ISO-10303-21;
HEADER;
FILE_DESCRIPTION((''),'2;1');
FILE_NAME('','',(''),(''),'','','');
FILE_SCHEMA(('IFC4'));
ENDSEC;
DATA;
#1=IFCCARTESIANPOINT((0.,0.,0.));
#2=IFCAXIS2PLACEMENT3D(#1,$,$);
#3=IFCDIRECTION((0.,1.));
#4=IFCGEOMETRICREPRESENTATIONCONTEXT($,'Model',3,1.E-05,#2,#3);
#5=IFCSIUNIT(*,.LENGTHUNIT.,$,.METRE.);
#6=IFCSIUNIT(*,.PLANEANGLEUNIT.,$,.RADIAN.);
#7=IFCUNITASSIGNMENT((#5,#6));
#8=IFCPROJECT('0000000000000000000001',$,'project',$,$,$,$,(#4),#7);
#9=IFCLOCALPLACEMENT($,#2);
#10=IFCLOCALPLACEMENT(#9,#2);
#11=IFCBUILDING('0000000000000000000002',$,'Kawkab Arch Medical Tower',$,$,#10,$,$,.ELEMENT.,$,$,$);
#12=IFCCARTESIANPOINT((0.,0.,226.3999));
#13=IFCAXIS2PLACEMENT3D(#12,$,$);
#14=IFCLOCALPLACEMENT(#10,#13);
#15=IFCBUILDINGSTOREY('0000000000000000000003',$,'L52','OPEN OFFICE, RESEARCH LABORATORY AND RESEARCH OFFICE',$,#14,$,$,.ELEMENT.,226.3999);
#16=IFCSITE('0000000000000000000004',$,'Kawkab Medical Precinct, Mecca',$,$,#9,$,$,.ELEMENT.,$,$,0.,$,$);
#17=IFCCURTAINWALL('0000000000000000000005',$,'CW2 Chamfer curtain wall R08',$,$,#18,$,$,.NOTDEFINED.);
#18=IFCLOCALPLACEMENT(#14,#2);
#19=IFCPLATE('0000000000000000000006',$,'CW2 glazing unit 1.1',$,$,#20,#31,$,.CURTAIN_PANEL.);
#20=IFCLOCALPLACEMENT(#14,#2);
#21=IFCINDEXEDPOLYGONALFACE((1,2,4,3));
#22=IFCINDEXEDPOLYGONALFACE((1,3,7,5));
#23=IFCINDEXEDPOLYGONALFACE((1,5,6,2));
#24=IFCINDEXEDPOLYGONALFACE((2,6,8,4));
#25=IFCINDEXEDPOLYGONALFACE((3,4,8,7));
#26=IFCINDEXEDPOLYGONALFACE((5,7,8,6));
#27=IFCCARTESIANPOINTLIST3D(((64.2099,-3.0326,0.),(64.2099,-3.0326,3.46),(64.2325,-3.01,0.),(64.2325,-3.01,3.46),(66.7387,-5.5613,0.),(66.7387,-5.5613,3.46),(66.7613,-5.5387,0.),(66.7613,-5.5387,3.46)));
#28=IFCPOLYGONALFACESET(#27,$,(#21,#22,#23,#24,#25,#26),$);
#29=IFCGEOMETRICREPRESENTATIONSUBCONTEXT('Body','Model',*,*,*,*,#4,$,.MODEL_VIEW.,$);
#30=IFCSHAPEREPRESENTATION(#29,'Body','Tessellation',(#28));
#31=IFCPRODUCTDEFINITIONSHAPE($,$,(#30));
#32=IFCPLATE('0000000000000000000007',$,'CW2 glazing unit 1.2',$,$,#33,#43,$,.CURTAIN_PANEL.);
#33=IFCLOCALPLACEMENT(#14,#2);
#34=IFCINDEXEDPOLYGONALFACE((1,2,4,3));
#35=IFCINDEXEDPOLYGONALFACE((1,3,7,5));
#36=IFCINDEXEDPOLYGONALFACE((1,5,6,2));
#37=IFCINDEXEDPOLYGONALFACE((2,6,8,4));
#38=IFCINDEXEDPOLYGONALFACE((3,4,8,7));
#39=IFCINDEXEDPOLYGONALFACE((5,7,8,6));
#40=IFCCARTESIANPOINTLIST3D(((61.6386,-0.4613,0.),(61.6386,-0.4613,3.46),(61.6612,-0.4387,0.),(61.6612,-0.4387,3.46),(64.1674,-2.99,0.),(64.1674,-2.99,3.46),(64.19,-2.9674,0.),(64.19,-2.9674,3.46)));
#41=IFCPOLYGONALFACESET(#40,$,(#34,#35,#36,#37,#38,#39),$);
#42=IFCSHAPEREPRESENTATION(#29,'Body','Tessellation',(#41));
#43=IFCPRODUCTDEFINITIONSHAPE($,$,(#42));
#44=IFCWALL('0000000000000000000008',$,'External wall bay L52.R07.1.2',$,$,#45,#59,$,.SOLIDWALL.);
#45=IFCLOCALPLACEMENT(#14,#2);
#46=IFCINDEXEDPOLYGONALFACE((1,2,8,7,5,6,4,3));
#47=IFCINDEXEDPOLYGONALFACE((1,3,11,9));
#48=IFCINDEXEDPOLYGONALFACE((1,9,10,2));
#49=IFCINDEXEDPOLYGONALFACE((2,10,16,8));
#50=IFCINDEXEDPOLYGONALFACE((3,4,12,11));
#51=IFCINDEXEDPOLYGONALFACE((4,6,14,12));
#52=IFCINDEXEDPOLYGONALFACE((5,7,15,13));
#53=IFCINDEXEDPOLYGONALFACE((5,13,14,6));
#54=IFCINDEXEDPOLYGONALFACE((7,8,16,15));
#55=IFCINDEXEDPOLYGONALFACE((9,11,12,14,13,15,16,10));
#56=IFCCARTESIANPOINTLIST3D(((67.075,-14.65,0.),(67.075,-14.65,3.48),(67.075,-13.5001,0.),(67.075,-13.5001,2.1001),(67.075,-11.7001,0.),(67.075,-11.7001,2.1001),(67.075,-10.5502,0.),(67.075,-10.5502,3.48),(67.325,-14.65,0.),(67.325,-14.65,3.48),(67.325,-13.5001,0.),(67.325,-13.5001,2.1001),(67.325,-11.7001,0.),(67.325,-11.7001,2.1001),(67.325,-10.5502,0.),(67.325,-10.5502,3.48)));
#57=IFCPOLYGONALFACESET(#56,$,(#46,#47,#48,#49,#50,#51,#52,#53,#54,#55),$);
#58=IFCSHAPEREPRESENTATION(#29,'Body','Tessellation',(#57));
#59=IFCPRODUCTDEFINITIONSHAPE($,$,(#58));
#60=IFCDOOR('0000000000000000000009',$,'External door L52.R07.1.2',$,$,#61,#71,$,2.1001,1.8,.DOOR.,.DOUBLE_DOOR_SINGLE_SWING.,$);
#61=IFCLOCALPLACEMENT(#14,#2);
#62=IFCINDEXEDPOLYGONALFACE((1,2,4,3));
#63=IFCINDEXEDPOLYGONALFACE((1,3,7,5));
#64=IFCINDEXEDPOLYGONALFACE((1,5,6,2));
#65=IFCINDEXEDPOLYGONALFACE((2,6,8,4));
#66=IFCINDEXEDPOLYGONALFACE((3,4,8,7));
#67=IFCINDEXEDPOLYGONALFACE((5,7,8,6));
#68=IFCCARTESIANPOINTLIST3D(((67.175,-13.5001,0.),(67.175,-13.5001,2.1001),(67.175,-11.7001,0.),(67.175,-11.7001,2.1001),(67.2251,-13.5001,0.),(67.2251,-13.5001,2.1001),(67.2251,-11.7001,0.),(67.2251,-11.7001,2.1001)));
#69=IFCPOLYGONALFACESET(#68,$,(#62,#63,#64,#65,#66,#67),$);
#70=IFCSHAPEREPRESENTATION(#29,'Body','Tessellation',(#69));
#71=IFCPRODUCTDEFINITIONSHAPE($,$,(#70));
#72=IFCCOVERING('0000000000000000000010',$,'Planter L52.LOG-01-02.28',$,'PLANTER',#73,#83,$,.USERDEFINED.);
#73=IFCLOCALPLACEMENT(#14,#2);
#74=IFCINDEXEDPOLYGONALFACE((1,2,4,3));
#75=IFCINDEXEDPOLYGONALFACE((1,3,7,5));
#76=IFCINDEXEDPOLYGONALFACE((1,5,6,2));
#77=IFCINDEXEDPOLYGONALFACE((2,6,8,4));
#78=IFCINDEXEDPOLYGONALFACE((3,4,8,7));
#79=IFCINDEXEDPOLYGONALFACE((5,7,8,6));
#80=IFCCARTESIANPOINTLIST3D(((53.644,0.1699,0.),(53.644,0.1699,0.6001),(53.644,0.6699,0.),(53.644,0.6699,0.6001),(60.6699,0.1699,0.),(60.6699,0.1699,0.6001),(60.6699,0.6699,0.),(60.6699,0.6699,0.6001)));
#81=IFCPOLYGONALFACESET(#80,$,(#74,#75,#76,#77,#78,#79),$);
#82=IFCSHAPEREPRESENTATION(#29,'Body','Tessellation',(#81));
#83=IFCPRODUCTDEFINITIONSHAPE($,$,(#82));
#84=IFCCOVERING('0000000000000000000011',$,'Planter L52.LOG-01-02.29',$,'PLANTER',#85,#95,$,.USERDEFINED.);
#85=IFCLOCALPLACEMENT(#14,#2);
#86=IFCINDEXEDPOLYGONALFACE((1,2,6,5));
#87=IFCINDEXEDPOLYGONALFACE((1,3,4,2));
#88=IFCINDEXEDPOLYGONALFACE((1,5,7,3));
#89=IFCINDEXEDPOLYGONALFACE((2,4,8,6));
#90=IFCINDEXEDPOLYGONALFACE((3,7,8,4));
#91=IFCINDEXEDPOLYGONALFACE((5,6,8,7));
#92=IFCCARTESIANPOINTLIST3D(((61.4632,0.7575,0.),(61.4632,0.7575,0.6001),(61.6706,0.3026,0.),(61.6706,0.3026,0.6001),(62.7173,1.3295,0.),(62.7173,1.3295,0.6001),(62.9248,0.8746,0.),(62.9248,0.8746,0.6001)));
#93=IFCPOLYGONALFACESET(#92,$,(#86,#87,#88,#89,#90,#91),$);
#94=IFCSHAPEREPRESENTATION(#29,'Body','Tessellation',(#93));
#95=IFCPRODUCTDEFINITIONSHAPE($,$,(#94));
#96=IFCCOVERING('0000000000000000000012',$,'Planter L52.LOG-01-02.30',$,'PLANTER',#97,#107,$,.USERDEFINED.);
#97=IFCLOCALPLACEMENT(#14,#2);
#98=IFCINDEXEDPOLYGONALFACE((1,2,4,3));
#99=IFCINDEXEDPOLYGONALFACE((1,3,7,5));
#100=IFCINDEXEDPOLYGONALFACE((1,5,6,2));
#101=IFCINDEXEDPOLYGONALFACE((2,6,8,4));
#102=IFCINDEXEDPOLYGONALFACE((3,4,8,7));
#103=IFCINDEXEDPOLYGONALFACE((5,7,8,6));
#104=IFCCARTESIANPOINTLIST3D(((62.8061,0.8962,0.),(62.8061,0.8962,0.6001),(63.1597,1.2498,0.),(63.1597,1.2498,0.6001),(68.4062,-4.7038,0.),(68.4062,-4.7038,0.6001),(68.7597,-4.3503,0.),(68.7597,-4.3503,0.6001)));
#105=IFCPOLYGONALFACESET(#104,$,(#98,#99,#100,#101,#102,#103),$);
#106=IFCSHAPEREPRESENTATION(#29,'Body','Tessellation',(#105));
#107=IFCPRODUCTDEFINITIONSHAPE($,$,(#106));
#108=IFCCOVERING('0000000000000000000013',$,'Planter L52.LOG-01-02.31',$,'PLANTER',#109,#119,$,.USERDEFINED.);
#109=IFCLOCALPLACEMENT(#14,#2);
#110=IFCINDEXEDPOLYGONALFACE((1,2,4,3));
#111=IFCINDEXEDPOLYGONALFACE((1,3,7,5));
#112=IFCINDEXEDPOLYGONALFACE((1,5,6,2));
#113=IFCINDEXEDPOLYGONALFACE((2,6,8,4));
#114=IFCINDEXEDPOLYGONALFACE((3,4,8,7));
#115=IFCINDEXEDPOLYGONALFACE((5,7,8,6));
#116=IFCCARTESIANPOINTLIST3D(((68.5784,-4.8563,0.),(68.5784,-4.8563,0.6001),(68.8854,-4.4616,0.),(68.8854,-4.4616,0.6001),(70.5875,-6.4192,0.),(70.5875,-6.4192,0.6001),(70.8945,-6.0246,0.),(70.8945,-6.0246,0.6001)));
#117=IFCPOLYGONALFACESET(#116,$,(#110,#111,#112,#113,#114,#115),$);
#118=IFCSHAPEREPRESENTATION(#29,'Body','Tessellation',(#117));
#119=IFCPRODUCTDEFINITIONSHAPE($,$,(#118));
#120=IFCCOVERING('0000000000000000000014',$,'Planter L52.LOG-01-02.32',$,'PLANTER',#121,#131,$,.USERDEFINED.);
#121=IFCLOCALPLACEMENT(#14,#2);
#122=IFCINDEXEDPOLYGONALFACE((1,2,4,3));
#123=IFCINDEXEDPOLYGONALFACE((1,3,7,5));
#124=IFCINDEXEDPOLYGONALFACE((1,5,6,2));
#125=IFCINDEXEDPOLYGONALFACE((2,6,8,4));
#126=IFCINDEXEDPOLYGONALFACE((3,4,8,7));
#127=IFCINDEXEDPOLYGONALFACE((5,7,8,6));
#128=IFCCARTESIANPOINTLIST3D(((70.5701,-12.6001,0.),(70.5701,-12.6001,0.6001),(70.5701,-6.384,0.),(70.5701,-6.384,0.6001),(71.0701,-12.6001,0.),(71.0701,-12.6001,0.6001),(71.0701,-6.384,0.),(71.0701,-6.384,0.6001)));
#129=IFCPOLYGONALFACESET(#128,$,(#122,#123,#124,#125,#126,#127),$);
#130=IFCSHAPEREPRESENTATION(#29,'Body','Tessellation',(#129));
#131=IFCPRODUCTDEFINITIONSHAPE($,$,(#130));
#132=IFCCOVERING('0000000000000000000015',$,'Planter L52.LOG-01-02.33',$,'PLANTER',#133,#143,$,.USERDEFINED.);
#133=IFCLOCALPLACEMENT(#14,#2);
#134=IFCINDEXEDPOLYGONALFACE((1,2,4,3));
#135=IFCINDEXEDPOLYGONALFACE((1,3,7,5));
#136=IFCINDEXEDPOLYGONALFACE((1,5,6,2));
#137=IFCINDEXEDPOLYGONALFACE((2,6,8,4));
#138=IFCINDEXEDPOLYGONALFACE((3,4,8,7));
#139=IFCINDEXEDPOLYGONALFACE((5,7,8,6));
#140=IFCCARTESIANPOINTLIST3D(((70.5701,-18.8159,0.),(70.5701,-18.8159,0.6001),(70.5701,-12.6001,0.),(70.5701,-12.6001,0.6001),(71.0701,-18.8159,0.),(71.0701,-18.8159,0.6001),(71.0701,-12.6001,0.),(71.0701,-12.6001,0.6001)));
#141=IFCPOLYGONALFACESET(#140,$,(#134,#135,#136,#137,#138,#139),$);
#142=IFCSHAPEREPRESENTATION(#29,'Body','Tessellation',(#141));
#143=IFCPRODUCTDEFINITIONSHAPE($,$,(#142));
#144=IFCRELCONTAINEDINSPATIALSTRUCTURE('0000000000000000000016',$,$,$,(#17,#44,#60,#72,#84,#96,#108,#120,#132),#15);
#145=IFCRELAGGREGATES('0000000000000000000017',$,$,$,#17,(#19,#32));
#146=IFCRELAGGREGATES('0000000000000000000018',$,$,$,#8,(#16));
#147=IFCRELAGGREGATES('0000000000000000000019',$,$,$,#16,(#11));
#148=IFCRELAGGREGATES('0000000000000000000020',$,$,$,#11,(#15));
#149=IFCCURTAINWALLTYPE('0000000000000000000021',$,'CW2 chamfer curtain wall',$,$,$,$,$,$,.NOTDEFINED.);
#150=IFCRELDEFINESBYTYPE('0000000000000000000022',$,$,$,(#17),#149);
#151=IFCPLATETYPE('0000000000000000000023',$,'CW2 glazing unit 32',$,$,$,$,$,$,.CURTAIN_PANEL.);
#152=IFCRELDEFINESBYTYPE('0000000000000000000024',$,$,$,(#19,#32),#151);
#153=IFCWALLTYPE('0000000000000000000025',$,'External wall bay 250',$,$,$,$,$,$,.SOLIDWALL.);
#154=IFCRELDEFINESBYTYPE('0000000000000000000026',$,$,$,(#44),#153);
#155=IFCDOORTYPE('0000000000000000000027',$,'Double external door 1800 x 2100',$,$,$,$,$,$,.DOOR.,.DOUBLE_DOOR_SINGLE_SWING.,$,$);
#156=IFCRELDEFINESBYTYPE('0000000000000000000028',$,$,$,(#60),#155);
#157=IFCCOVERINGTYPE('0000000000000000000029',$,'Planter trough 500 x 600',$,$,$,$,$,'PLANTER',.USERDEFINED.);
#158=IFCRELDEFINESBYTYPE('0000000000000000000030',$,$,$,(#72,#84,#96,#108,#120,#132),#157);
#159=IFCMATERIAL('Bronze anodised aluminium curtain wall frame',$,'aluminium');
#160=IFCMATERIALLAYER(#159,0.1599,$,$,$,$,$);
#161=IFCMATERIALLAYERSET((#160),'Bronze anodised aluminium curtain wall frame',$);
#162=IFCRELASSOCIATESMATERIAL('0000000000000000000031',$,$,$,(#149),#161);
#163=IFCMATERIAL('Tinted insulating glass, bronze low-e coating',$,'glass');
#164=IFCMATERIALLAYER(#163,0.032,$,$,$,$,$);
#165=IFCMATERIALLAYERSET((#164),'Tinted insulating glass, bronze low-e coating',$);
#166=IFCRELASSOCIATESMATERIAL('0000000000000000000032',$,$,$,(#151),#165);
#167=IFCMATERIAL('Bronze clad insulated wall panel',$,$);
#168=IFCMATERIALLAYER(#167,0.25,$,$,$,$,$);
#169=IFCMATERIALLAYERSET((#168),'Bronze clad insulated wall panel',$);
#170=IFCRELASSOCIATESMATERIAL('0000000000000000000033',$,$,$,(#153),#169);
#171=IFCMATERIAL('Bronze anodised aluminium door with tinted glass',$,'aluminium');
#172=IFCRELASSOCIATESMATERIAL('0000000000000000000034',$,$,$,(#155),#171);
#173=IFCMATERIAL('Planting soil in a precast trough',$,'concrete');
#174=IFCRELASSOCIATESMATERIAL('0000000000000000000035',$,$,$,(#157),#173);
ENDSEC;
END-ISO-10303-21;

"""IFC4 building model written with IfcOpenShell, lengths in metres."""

from ifc_helpers import new_model, si_unit, direction, frame, frame_2d, origin, origin_2d, place, context, subcontext, project, spatial, rectangle, extrude, material, layer, layer_set, material_profile, profile_set, type_object, element, fill, aggregate, save


model = new_model("IFC4")

# Units and contexts
model_context = context("Model", 3, precision=1e-05, world=origin(), true_north=direction((0.0, 1.0)))
body_context = subcontext(model_context, "Body", "Model", "MODEL_VIEW")
ifc_project = project(units=[si_unit("LENGTHUNIT", "METRE"), si_unit("PLANEANGLEUNIT", "RADIAN")], contexts=[model_context])

# Site, building, storey
site_placement = place(None, origin())
site = spatial("IfcSite", under=ifc_project, at=site_placement, Name="Kawkab Medical Precinct, Mecca", CompositionType="ELEMENT", RefElevation=0.0)
building_placement = place(site_placement, origin())
building = spatial("IfcBuilding", under=site, at=building_placement, Name="Kawkab Arch Medical Tower", CompositionType="ELEMENT")
storey_placement = place(building_placement, frame((0.0, 0.0, 226.3999)))
storey = spatial("IfcBuildingStorey", under=building, at=storey_placement, Name="L52", Description="OPEN OFFICE, RESEARCH LABORATORY AND RESEARCH OFFICE", CompositionType="ELEMENT", Elevation=226.3999)

# Curtain wall
placement = place(storey_placement, origin())
ifc_material_1 = material(Name="Bronze anodised aluminium curtain wall frame", Category="aluminium")
ifc_layer_1 = layer(ifc_material_1, 0.1599)
ifc_layer_set_1 = layer_set([ifc_layer_1], Name="Bronze anodised aluminium curtain wall frame")
curtain_wall_type_1 = type_object("IfcCurtainWallType", Name="CW2 chamfer curtain wall", PredefinedType="NOTDEFINED", material=ifc_layer_set_1)
curtain_wall_1 = element("IfcCurtainWall", 1, at=placement, inside=storey, type_object=curtain_wall_type_1, Name="CW2 Chamfer curtain wall R08", PredefinedType="NOTDEFINED")

# Plates
ifc_material_2 = material(Name="Tinted insulating glass, bronze low-e coating", Category="glass")
ifc_layer_2 = layer(ifc_material_2, 0.032)
ifc_layer_set_2 = layer_set([ifc_layer_2], Name="Tinted insulating glass, bronze low-e coating")
plate_type_1 = type_object("IfcPlateType", Name="CW2 glazing unit 32", PredefinedType="CURTAIN_PANEL", material=ifc_layer_set_2)
plate_1_placement = place(storey_placement, frame((65.4856, -4.2856, 0.0), z_axis=(0.0, 0.0, 1.0), x_axis=(-0.707107, 0.707107, 0.0)))
plate_1 = element("IfcPlate", 2, at=plate_1_placement, type_object=plate_type_1, Name="CW2 glazing unit 1.1", PredefinedType="CURTAIN_PANEL", context=body_context, shape_type="SweptSolid", body=[
    extrude(rectangle(XDim=3.5762, YDim=0.032, at=origin_2d()), origin(), (0.0, 0.0, 1.0), 3.46),
])
plate_2_placement = place(storey_placement, frame((62.9143, -1.7144, 0.0), z_axis=(0.0, 0.0, 1.0), x_axis=(-0.707107, 0.707107, 0.0)))
plate_2 = element("IfcPlate", 3, at=plate_2_placement, type_object=plate_type_1, Name="CW2 glazing unit 1.2", PredefinedType="CURTAIN_PANEL", context=body_context, shape_type="SweptSolid", body=[
    extrude(rectangle(XDim=3.5762, YDim=0.032, at=origin_2d()), origin(), (0.0, 0.0, 1.0), 3.46),
])
aggregate(curtain_wall_1, [plate_1, plate_2])

# Wall, opening, door
ifc_material_3 = material(Name="Bronze clad insulated wall panel")
ifc_layer_3 = layer(ifc_material_3, 0.25)
ifc_layer_set_3 = layer_set([ifc_layer_3], Name="Bronze clad insulated wall panel")
wall_type = type_object("IfcWallType", Name="External wall bay 250", PredefinedType="SOLIDWALL", material=ifc_layer_set_3)
wall_placement = place(storey_placement, frame((67.2, -14.6499, 0.0), z_axis=(0.0, 0.0, 1.0), x_axis=(0.0, 1.0, 0.0)))
wall = element("IfcWall", 4, at=wall_placement, inside=storey, type_object=wall_type, Name="External wall bay L52.R07.1.2", PredefinedType="SOLIDWALL", context=body_context, shape_type="SweptSolid", body=[
    extrude(rectangle(XDim=4.0999, YDim=0.25, at=frame_2d((2.0498, 0.0))), origin(), (0.0, 0.0, 1.0), 3.48),
])
opening_placement = place(wall_placement, frame((1.1499, 0.0, 0.0)))
opening = element("IfcOpeningElement", 5, at=opening_placement, cuts=wall, PredefinedType="OPENING", context=body_context, shape_type="SweptSolid", body=[
    extrude(rectangle(XDim=1.8, YDim=2.1001, at=frame_2d((0.8999, 1.05))), frame((0.0, 0.135, 0.0), z_axis=(0.0, -1.0, 0.0), x_axis=(1.0, 0.0, 0.0)), (0.0, 0.0, 1.0), 0.27),
])
ifc_material_4 = material(Name="Bronze anodised aluminium door with tinted glass", Category="aluminium")
door_type = type_object("IfcDoorType", Name="Double external door 1800 x 2100", OperationType="DOUBLE_DOOR_SINGLE_SWING", PredefinedType="DOOR", material=ifc_material_4)
door_placement = place(opening_placement, origin())
door = element("IfcDoor", 6, at=door_placement, inside=storey, type_object=door_type, Name="External door L52.R07.1.2", OperationType="DOUBLE_DOOR_SINGLE_SWING", OverallHeight=2.1001, OverallWidth=1.8, PredefinedType="DOOR", context=body_context, shape_type="SweptSolid", body=[
    extrude(rectangle(XDim=1.8, YDim=2.1001, at=frame_2d((0.8999, 1.05))), frame((0.0, 0.0249, 0.0), z_axis=(0.0, -1.0, 0.0), x_axis=(1.0, 0.0, 0.0)), (0.0, 0.0, 1.0), 0.05),
])
fill(opening, door)

# Coverings
ifc_material_5 = material(Name="Planting soil in a precast trough", Category="concrete")
ifc_material_profile_1 = material_profile(ifc_material_5, rectangle(XDim=0.5, YDim=0.6001, at=origin_2d()), Name="Trough 500x600")
ifc_profile_set_1 = profile_set([ifc_material_profile_1], Name="Planting soil in a precast trough")
covering_type = type_object("IfcCoveringType", Name="Planter trough 500 x 600", ElementType="PLANTER", PredefinedType="USERDEFINED", material=ifc_profile_set_1)
covering_1_placement = place(storey_placement, frame((53.644, 0.4199, 0.3), z_axis=(1.0, 0.0, 0.0), x_axis=(0.0, 1.0, 0.0)))
element("IfcCovering", 7, at=covering_1_placement, inside=storey, type_object=covering_type, Name="Planter L52.LOG-01-02.28", ObjectType="PLANTER", PredefinedType="USERDEFINED", context=body_context, shape_type="SweptSolid", body=[
    extrude(rectangle(XDim=0.5, YDim=0.6001, at=origin_2d()), origin(), (0.0, 0.0, 1.0), 7.0259),
])
covering_2_placement = place(storey_placement, frame((61.5669, 0.53, 0.3), z_axis=(0.909832, 0.414977, 0.0), x_axis=(-0.414977, 0.909832, 0.0)))
element("IfcCovering", 8, at=covering_2_placement, inside=storey, type_object=covering_type, Name="Planter L52.LOG-01-02.29", ObjectType="PLANTER", PredefinedType="USERDEFINED", context=body_context, shape_type="SweptSolid", body=[
    extrude(rectangle(XDim=0.5, YDim=0.6001, at=origin_2d()), origin(), (0.0, 0.0, 1.0), 1.3784),
])
covering_3_placement = place(storey_placement, frame((62.9829, 1.073, 0.3), z_axis=(0.707107, -0.707107, 0.0), x_axis=(0.707107, 0.707107, 0.0)))
element("IfcCovering", 9, at=covering_3_placement, inside=storey, type_object=covering_type, Name="Planter L52.LOG-01-02.30", ObjectType="PLANTER", PredefinedType="USERDEFINED", context=body_context, shape_type="SweptSolid", body=[
    extrude(rectangle(XDim=0.5, YDim=0.6001, at=origin_2d()), origin(), (0.0, 0.0, 1.0), 7.9197),
])
covering_4_placement = place(storey_placement, frame((68.7319, -4.6589, 0.3), z_axis=(0.789275, -0.61404, 0.0), x_axis=(0.61404, 0.789275, 0.0)))
element("IfcCovering", 10, at=covering_4_placement, inside=storey, type_object=covering_type, Name="Planter L52.LOG-01-02.31", ObjectType="PLANTER", PredefinedType="USERDEFINED", context=body_context, shape_type="SweptSolid", body=[
    extrude(rectangle(XDim=0.5, YDim=0.6001, at=origin_2d()), origin(), (0.0, 0.0, 1.0), 2.5454),
])
covering_5_placement = place(storey_placement, frame((70.8201, -6.384, 0.3), z_axis=(0.0, -1.0, 0.0), x_axis=(1.0, 0.0, 0.0)))
element("IfcCovering", 11, at=covering_5_placement, inside=storey, type_object=covering_type, Name="Planter L52.LOG-01-02.32", ObjectType="PLANTER", PredefinedType="USERDEFINED", context=body_context, shape_type="SweptSolid", body=[
    extrude(rectangle(XDim=0.5, YDim=0.6001, at=origin_2d()), origin(), (0.0, 0.0, 1.0), 6.2161),
])
covering_6_placement = place(storey_placement, frame((70.8201, -12.6001, 0.3), z_axis=(0.0, -1.0, 0.0), x_axis=(1.0, 0.0, 0.0)))
element("IfcCovering", 12, at=covering_6_placement, inside=storey, type_object=covering_type, Name="Planter L52.LOG-01-02.33", ObjectType="PLANTER", PredefinedType="USERDEFINED", context=body_context, shape_type="SweptSolid", body=[
    extrude(rectangle(XDim=0.5, YDim=0.6001, at=origin_2d()), origin(), (0.0, 0.0, 1.0), 6.2158),
])

save(model, "model.ifc")
